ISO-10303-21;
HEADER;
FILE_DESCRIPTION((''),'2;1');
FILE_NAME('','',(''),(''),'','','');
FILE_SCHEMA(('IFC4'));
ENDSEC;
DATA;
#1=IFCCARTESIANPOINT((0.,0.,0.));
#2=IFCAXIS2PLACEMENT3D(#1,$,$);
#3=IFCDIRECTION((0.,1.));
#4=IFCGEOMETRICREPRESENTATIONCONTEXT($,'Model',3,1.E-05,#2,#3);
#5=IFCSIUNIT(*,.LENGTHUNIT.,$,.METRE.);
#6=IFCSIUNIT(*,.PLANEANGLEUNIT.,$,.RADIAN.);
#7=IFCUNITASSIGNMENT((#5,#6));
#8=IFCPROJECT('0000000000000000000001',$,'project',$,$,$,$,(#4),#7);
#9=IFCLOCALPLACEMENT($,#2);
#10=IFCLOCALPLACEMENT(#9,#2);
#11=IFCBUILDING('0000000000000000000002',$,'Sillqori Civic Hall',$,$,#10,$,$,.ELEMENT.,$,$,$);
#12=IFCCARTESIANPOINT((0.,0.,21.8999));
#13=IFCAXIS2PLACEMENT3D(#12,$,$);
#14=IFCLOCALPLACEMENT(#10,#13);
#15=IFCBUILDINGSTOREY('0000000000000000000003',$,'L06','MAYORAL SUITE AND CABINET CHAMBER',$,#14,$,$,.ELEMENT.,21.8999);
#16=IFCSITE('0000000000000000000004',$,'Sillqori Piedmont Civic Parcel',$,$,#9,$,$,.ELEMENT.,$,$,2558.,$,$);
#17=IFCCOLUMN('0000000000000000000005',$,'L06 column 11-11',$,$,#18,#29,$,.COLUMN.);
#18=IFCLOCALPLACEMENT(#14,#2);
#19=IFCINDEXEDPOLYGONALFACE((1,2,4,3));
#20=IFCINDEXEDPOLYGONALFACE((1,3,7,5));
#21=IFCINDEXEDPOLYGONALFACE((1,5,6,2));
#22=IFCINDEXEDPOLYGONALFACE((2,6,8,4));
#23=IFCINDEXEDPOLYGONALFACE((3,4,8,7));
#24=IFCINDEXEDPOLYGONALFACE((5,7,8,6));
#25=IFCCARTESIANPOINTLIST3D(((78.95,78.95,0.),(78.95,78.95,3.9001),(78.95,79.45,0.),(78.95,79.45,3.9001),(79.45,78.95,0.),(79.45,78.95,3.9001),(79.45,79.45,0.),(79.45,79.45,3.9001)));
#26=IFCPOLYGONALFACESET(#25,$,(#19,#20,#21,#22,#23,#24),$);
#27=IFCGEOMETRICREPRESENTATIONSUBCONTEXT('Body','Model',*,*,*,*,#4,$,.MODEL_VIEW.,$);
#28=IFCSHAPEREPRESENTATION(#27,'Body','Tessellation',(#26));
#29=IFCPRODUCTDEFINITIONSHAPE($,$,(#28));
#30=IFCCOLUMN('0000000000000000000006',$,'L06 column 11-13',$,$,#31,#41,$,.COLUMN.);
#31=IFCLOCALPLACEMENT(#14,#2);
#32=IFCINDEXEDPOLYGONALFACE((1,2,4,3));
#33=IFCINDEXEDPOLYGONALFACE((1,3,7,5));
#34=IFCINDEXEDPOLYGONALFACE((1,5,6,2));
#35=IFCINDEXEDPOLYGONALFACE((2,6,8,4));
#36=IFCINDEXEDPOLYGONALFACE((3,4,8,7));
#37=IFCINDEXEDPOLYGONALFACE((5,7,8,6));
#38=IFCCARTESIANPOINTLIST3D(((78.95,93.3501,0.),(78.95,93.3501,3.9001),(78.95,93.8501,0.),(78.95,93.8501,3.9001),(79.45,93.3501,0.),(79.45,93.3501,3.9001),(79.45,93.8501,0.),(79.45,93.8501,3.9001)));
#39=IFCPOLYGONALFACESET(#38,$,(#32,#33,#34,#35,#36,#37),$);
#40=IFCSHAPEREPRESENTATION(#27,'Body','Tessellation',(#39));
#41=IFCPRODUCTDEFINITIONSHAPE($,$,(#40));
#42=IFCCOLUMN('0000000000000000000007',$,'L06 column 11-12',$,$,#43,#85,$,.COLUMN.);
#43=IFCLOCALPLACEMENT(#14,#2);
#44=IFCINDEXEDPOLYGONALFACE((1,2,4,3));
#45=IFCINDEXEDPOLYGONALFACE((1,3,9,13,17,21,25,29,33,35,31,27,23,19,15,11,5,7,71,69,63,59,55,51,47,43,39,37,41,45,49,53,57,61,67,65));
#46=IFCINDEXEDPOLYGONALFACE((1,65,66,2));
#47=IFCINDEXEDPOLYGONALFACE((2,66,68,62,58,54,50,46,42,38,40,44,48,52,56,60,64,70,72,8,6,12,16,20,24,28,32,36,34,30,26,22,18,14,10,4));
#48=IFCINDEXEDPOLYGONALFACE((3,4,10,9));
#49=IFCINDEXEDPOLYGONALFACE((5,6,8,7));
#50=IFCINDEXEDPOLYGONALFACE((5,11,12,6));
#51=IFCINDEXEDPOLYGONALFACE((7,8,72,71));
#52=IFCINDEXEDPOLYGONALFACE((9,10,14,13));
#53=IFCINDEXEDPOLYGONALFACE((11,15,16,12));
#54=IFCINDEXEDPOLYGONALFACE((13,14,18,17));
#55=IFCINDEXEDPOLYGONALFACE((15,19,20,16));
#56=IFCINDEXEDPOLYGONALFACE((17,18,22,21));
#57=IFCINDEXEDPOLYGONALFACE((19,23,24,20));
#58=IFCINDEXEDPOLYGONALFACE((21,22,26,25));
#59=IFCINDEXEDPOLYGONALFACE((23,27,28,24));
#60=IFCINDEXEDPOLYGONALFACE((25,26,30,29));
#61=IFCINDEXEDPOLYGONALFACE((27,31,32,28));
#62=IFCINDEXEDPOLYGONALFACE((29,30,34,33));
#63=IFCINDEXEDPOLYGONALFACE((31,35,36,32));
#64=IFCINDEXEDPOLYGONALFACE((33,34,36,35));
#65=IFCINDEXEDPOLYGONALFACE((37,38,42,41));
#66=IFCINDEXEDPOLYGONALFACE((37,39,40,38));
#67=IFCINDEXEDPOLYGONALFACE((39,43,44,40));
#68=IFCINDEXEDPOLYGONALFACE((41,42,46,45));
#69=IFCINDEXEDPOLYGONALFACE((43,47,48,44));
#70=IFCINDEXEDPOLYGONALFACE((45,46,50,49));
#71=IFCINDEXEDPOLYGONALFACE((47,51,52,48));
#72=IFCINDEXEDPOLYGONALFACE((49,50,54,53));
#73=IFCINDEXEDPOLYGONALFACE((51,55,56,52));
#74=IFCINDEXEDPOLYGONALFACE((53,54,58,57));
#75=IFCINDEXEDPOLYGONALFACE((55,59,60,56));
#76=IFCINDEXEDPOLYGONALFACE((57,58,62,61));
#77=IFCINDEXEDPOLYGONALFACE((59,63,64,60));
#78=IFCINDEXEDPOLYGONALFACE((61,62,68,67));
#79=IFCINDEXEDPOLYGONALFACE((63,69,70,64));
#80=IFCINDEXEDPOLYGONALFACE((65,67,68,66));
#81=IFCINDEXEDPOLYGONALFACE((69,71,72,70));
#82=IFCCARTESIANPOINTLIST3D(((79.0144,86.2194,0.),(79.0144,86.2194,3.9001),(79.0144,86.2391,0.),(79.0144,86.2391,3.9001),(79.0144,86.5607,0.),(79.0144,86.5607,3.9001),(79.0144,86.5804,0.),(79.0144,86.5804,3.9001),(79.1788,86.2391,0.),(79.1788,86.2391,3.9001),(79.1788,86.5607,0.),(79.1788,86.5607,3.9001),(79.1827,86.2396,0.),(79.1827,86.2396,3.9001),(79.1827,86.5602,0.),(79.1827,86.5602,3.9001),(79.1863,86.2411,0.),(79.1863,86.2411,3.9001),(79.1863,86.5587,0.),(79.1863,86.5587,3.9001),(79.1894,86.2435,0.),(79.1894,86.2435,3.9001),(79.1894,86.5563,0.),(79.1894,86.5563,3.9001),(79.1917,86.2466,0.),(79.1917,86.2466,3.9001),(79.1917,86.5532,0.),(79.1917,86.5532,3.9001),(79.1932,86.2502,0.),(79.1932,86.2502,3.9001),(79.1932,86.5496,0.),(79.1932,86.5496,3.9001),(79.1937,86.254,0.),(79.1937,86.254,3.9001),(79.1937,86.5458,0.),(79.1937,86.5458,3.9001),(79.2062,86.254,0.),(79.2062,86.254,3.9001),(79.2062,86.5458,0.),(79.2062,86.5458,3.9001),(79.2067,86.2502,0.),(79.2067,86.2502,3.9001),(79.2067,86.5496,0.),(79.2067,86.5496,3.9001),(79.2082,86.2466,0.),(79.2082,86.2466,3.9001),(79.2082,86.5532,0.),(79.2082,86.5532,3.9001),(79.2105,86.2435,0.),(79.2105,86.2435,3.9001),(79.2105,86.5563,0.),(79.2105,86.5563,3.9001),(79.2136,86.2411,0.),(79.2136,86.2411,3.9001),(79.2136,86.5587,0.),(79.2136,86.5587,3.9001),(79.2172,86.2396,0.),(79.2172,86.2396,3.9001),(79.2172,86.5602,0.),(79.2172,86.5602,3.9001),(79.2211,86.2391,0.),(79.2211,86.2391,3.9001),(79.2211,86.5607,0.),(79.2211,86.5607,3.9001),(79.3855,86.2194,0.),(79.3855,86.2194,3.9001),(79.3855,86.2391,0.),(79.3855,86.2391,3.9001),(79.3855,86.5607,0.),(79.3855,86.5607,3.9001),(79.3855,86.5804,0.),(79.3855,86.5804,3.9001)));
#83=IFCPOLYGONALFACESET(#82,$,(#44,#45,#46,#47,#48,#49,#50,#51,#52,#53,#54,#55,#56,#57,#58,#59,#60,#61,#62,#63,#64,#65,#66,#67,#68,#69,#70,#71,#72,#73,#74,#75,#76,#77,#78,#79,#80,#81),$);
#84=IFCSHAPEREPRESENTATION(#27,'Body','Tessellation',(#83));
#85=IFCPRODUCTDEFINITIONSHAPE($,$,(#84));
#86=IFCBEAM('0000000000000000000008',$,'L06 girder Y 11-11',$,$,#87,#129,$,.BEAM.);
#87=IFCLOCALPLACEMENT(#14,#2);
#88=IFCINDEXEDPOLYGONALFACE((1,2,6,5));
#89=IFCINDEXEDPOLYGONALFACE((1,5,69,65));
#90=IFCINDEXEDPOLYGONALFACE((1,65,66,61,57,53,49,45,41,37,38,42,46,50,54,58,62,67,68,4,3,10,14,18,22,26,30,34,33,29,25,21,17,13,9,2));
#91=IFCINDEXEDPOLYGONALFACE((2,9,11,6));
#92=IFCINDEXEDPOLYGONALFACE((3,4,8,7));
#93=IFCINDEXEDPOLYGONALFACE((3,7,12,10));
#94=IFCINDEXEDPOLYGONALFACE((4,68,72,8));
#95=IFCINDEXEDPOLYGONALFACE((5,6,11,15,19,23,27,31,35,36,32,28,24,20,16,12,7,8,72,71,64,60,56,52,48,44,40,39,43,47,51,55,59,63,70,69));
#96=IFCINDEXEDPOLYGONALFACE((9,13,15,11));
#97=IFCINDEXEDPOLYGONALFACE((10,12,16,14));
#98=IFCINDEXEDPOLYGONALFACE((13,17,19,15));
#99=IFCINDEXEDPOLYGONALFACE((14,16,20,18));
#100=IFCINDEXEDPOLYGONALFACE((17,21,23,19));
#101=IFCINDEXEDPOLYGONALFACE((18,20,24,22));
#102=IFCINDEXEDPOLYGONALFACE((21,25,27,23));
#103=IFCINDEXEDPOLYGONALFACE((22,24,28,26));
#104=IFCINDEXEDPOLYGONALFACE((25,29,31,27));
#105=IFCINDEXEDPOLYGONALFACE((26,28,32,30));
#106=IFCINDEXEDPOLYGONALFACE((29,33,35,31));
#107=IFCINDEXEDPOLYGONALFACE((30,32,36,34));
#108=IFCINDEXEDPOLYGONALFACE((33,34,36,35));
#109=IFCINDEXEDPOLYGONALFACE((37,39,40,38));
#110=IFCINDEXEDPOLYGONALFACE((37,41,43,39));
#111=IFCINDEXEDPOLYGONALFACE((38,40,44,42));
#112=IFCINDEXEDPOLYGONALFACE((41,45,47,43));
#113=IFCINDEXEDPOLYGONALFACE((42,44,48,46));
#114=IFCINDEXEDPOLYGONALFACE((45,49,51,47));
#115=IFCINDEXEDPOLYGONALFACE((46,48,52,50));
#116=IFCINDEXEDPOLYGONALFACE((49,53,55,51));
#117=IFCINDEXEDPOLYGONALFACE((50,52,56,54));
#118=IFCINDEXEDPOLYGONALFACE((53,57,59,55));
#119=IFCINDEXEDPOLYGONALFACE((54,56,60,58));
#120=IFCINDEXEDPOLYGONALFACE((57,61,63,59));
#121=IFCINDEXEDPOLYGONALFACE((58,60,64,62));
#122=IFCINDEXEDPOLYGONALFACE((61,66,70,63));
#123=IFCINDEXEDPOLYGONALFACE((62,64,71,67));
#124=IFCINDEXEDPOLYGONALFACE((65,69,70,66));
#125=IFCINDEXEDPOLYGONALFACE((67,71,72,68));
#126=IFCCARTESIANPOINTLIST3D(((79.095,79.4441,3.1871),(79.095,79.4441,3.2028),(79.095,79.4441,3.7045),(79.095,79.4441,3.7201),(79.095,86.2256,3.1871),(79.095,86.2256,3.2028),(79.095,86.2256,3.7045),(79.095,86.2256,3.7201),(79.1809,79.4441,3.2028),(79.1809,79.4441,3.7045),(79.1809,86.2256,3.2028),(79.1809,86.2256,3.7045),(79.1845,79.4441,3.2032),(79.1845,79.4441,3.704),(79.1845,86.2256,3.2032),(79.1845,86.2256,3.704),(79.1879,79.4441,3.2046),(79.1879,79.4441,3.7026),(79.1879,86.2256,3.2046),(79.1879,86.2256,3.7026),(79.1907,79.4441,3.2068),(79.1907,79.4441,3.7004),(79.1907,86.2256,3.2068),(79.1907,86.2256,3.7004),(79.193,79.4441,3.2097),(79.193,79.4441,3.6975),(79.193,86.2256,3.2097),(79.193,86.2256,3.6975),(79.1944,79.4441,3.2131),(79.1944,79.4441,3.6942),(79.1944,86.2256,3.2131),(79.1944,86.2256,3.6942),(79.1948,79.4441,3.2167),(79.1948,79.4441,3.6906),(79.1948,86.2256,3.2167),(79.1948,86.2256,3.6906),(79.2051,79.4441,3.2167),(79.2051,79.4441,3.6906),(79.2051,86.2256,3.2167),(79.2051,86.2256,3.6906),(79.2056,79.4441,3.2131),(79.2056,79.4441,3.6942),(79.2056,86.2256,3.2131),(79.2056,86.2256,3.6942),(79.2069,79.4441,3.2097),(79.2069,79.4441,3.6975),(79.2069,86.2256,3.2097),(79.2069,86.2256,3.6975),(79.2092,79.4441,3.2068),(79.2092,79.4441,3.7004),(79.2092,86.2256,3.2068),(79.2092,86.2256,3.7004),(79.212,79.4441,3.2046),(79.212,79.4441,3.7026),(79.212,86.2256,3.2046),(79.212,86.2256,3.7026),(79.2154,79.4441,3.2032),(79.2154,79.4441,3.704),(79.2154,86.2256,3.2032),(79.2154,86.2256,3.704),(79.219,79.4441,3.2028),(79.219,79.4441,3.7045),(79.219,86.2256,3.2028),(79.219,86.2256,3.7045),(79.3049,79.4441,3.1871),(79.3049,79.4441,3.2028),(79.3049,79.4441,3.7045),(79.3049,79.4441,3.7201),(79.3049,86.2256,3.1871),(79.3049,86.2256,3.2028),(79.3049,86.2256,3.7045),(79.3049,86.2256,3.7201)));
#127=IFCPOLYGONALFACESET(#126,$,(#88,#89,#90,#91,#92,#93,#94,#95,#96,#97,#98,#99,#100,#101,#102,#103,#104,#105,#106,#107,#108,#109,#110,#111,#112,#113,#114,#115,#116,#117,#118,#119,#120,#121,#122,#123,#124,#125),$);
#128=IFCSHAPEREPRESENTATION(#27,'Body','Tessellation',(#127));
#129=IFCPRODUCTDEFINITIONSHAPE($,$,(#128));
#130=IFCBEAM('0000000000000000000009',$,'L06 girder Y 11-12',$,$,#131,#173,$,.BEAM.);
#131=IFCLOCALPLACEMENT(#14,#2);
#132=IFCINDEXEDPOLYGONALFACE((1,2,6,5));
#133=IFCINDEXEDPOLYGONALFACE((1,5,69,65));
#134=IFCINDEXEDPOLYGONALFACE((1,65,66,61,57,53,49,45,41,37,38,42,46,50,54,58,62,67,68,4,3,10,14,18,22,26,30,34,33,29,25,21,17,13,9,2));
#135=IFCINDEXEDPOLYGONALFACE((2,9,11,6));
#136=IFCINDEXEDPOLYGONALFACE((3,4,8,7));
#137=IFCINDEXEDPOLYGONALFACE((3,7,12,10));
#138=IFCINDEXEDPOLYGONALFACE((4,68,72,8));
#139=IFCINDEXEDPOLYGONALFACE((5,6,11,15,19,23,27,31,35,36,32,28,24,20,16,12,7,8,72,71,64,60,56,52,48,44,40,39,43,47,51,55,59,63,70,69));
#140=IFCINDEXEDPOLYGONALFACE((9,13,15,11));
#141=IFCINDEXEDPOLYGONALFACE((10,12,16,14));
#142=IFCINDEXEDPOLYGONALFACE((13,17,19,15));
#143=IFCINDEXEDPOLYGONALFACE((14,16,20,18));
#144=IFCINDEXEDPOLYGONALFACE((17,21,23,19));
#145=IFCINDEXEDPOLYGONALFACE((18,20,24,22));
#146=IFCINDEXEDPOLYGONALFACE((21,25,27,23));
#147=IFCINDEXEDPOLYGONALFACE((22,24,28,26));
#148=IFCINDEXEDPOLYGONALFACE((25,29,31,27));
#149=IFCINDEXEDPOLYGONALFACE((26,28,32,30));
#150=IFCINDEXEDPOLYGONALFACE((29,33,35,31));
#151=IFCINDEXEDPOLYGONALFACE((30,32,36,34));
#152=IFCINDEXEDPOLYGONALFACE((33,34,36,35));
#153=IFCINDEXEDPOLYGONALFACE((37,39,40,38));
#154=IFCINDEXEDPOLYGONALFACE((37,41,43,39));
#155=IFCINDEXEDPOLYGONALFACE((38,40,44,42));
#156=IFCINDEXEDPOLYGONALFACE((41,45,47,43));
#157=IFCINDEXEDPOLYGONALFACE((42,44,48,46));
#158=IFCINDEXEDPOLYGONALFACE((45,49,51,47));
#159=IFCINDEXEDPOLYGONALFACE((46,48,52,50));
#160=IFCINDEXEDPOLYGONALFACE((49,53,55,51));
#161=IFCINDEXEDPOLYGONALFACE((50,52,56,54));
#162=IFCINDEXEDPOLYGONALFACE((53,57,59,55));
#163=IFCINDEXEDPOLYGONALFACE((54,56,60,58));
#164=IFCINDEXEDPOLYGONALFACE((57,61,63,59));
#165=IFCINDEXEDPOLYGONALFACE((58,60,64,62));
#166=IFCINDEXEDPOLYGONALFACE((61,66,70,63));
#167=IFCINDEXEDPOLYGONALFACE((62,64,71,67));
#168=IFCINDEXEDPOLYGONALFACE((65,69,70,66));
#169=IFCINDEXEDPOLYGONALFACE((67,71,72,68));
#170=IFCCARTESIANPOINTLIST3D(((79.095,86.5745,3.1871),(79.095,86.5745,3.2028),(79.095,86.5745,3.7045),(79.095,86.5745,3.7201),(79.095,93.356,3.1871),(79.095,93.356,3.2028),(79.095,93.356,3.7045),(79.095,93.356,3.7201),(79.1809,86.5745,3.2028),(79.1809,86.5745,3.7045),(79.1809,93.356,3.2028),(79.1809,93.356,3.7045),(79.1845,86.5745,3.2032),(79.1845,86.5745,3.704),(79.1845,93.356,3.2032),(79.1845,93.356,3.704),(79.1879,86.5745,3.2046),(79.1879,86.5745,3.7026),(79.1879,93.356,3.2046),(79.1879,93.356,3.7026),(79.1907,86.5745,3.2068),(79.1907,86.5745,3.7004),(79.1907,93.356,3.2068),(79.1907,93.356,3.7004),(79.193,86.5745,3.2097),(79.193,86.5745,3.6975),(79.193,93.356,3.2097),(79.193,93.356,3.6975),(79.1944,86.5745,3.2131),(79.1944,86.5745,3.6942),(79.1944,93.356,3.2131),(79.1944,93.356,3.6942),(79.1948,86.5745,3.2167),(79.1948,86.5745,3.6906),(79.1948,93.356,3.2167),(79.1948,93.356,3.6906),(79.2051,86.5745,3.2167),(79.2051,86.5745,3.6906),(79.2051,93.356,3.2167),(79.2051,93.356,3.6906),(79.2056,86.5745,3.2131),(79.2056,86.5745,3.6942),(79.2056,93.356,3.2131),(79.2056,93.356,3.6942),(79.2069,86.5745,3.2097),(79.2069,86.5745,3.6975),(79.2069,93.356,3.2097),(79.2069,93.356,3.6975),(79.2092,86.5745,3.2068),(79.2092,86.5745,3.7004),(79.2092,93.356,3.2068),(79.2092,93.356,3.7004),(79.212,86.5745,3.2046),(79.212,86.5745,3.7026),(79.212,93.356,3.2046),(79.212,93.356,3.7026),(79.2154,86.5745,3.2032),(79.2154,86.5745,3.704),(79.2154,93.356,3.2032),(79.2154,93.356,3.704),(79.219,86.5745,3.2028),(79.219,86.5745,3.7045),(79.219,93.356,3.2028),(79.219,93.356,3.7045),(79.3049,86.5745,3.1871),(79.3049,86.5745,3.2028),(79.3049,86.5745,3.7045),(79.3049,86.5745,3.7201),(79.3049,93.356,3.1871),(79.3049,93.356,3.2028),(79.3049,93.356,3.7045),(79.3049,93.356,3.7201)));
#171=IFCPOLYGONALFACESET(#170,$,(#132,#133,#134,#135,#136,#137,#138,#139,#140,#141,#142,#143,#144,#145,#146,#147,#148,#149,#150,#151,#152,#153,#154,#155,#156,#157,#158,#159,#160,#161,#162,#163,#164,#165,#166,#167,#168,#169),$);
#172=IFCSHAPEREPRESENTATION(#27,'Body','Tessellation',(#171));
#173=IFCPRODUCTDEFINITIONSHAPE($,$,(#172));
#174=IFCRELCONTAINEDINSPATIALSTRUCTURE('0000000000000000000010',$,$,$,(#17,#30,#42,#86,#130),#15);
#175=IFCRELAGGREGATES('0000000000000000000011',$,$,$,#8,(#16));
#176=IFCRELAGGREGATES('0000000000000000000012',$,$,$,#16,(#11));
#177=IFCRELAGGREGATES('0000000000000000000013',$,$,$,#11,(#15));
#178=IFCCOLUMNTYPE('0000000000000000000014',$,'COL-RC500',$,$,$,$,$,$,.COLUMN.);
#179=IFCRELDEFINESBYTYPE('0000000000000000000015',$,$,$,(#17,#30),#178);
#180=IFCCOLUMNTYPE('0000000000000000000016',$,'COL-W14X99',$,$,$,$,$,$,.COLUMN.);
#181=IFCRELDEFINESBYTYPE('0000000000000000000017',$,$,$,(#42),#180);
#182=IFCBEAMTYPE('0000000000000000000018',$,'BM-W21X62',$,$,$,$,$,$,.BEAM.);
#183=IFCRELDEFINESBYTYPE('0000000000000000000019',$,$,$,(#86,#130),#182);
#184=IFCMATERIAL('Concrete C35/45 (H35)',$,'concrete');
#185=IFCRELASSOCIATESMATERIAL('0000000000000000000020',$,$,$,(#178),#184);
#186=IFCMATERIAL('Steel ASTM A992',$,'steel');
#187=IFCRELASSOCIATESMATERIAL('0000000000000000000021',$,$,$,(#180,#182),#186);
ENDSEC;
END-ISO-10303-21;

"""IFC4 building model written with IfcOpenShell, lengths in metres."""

from ifc_helpers import new_model, si_unit, direction, frame, origin, origin_2d, place, context, subcontext, project, spatial, rectangle, i_section, extrude, material, material_profile, profile_set, type_object, element, save


model = new_model("IFC4")

# Units and contexts
model_context = context("Model", 3, precision=1e-05, world=origin(), true_north=direction((0.0, 1.0)))
body_context = subcontext(model_context, "Body", "Model", "MODEL_VIEW")
ifc_project = project(units=[si_unit("LENGTHUNIT", "METRE"), si_unit("PLANEANGLEUNIT", "RADIAN")], contexts=[model_context])

# Site, building, storey
site_placement = place(None, origin())
site = spatial("IfcSite", under=ifc_project, at=site_placement, Name="Sillqori Piedmont Civic Parcel", CompositionType="ELEMENT", RefElevation=2558.0)
building_placement = place(site_placement, origin())
building = spatial("IfcBuilding", under=site, at=building_placement, Name="Sillqori Civic Hall", CompositionType="ELEMENT")
storey_placement = place(building_placement, frame((0.0, 0.0, 21.8999)))
storey = spatial("IfcBuildingStorey", under=building, at=storey_placement, Name="L06", Description="MAYORAL SUITE AND CABINET CHAMBER", CompositionType="ELEMENT", Elevation=21.8999)

# Columns
ifc_material_1 = material(Name="Concrete C35/45 (H35)", Category="concrete")
ifc_material_profile_1 = material_profile(ifc_material_1, rectangle(XDim=0.5, YDim=0.5, at=origin_2d()), Name="RC 500x500")
ifc_profile_set_1 = profile_set([ifc_material_profile_1], Name="Concrete C35/45 (H35)")
column_type_1 = type_object("IfcColumnType", Name="COL-RC500", PredefinedType="COLUMN", material=ifc_profile_set_1)
for number, where, z_axis, x_axis, name in (
    (1, (79.2, 79.2, 0.0), (0.0, 0.0, 1.0), (1.0, 0.0, 0.0), "L06 column 11-11"),
    (2, (79.2, 93.6001, 0.0), (0.0, 0.0, 1.0), (1.0, 0.0, 0.0), "L06 column 11-13"),
):
    element("IfcColumn", number, at=place(storey_placement, frame(where, z_axis=z_axis, x_axis=x_axis)), inside=storey, type_object=column_type_1, Name=name, PredefinedType="COLUMN", context=body_context, shape_type="SweptSolid", body=[
        extrude(rectangle(XDim=0.5, YDim=0.5, at=origin_2d()), origin(), (0.0, 0.0, 1.0), 3.9001),
    ])
ifc_material_2 = material(Name="Steel ASTM A992", Category="steel")
ifc_material_profile_2 = material_profile(ifc_material_2, i_section(OverallWidth=0.3711, OverallDepth=0.3611, WebThickness=0.0125, FlangeThickness=0.0198, FilletRadius=0.0149, at=origin_2d()), Name="W14X99")
ifc_profile_set_2 = profile_set([ifc_material_profile_2], Name="Steel ASTM A992")
column_type_2 = type_object("IfcColumnType", Name="COL-W14X99", PredefinedType="COLUMN", material=ifc_profile_set_2)
column_placement = place(storey_placement, frame((79.2, 86.3999, 0.0), z_axis=(0.0, 0.0, 1.0), x_axis=(1.0, 0.0, 0.0)))
element("IfcColumn", 3, at=column_placement, inside=storey, type_object=column_type_2, Name="L06 column 11-12", PredefinedType="COLUMN", context=body_context, shape_type="SweptSolid", body=[
    extrude(i_section(OverallWidth=0.3711, OverallDepth=0.3611, WebThickness=0.0125, FlangeThickness=0.0198, FilletRadius=0.0149, at=origin_2d()), origin(), (0.0, 0.0, 1.0), 3.9001),
])

# Beams
ifc_material_profile_3 = material_profile(ifc_material_2, i_section(OverallWidth=0.21, OverallDepth=0.533, WebThickness=0.0103, FlangeThickness=0.0156, FilletRadius=0.0139, at=origin_2d()), Name="W21X62")
ifc_profile_set_3 = profile_set([ifc_material_profile_3], Name="Steel ASTM A992")
beam_type_1 = type_object("IfcBeamType", Name="BM-W21X62", PredefinedType="BEAM", material=ifc_profile_set_3)
for number, where, z_axis, x_axis, name in (
    (4, (79.2, 79.4441, 3.4536), (0.0, 1.0, 0.0), (-1.0, 0.0, 0.0), "L06 girder Y 11-11"),
    (5, (79.2, 86.5745, 3.4536), (0.0, 1.0, 0.0), (-1.0, 0.0, 0.0), "L06 girder Y 11-12"),
):
    element("IfcBeam", number, at=place(storey_placement, frame(where, z_axis=z_axis, x_axis=x_axis)), inside=storey, type_object=beam_type_1, Name=name, PredefinedType="BEAM", context=body_context, shape_type="SweptSolid", body=[
        extrude(i_section(OverallWidth=0.21, OverallDepth=0.533, WebThickness=0.0103, FlangeThickness=0.0156, FilletRadius=0.0139, at=origin_2d()), origin(), (0.0, 0.0, 1.0), 6.7815),
    ])

save(model, "model.ifc")
